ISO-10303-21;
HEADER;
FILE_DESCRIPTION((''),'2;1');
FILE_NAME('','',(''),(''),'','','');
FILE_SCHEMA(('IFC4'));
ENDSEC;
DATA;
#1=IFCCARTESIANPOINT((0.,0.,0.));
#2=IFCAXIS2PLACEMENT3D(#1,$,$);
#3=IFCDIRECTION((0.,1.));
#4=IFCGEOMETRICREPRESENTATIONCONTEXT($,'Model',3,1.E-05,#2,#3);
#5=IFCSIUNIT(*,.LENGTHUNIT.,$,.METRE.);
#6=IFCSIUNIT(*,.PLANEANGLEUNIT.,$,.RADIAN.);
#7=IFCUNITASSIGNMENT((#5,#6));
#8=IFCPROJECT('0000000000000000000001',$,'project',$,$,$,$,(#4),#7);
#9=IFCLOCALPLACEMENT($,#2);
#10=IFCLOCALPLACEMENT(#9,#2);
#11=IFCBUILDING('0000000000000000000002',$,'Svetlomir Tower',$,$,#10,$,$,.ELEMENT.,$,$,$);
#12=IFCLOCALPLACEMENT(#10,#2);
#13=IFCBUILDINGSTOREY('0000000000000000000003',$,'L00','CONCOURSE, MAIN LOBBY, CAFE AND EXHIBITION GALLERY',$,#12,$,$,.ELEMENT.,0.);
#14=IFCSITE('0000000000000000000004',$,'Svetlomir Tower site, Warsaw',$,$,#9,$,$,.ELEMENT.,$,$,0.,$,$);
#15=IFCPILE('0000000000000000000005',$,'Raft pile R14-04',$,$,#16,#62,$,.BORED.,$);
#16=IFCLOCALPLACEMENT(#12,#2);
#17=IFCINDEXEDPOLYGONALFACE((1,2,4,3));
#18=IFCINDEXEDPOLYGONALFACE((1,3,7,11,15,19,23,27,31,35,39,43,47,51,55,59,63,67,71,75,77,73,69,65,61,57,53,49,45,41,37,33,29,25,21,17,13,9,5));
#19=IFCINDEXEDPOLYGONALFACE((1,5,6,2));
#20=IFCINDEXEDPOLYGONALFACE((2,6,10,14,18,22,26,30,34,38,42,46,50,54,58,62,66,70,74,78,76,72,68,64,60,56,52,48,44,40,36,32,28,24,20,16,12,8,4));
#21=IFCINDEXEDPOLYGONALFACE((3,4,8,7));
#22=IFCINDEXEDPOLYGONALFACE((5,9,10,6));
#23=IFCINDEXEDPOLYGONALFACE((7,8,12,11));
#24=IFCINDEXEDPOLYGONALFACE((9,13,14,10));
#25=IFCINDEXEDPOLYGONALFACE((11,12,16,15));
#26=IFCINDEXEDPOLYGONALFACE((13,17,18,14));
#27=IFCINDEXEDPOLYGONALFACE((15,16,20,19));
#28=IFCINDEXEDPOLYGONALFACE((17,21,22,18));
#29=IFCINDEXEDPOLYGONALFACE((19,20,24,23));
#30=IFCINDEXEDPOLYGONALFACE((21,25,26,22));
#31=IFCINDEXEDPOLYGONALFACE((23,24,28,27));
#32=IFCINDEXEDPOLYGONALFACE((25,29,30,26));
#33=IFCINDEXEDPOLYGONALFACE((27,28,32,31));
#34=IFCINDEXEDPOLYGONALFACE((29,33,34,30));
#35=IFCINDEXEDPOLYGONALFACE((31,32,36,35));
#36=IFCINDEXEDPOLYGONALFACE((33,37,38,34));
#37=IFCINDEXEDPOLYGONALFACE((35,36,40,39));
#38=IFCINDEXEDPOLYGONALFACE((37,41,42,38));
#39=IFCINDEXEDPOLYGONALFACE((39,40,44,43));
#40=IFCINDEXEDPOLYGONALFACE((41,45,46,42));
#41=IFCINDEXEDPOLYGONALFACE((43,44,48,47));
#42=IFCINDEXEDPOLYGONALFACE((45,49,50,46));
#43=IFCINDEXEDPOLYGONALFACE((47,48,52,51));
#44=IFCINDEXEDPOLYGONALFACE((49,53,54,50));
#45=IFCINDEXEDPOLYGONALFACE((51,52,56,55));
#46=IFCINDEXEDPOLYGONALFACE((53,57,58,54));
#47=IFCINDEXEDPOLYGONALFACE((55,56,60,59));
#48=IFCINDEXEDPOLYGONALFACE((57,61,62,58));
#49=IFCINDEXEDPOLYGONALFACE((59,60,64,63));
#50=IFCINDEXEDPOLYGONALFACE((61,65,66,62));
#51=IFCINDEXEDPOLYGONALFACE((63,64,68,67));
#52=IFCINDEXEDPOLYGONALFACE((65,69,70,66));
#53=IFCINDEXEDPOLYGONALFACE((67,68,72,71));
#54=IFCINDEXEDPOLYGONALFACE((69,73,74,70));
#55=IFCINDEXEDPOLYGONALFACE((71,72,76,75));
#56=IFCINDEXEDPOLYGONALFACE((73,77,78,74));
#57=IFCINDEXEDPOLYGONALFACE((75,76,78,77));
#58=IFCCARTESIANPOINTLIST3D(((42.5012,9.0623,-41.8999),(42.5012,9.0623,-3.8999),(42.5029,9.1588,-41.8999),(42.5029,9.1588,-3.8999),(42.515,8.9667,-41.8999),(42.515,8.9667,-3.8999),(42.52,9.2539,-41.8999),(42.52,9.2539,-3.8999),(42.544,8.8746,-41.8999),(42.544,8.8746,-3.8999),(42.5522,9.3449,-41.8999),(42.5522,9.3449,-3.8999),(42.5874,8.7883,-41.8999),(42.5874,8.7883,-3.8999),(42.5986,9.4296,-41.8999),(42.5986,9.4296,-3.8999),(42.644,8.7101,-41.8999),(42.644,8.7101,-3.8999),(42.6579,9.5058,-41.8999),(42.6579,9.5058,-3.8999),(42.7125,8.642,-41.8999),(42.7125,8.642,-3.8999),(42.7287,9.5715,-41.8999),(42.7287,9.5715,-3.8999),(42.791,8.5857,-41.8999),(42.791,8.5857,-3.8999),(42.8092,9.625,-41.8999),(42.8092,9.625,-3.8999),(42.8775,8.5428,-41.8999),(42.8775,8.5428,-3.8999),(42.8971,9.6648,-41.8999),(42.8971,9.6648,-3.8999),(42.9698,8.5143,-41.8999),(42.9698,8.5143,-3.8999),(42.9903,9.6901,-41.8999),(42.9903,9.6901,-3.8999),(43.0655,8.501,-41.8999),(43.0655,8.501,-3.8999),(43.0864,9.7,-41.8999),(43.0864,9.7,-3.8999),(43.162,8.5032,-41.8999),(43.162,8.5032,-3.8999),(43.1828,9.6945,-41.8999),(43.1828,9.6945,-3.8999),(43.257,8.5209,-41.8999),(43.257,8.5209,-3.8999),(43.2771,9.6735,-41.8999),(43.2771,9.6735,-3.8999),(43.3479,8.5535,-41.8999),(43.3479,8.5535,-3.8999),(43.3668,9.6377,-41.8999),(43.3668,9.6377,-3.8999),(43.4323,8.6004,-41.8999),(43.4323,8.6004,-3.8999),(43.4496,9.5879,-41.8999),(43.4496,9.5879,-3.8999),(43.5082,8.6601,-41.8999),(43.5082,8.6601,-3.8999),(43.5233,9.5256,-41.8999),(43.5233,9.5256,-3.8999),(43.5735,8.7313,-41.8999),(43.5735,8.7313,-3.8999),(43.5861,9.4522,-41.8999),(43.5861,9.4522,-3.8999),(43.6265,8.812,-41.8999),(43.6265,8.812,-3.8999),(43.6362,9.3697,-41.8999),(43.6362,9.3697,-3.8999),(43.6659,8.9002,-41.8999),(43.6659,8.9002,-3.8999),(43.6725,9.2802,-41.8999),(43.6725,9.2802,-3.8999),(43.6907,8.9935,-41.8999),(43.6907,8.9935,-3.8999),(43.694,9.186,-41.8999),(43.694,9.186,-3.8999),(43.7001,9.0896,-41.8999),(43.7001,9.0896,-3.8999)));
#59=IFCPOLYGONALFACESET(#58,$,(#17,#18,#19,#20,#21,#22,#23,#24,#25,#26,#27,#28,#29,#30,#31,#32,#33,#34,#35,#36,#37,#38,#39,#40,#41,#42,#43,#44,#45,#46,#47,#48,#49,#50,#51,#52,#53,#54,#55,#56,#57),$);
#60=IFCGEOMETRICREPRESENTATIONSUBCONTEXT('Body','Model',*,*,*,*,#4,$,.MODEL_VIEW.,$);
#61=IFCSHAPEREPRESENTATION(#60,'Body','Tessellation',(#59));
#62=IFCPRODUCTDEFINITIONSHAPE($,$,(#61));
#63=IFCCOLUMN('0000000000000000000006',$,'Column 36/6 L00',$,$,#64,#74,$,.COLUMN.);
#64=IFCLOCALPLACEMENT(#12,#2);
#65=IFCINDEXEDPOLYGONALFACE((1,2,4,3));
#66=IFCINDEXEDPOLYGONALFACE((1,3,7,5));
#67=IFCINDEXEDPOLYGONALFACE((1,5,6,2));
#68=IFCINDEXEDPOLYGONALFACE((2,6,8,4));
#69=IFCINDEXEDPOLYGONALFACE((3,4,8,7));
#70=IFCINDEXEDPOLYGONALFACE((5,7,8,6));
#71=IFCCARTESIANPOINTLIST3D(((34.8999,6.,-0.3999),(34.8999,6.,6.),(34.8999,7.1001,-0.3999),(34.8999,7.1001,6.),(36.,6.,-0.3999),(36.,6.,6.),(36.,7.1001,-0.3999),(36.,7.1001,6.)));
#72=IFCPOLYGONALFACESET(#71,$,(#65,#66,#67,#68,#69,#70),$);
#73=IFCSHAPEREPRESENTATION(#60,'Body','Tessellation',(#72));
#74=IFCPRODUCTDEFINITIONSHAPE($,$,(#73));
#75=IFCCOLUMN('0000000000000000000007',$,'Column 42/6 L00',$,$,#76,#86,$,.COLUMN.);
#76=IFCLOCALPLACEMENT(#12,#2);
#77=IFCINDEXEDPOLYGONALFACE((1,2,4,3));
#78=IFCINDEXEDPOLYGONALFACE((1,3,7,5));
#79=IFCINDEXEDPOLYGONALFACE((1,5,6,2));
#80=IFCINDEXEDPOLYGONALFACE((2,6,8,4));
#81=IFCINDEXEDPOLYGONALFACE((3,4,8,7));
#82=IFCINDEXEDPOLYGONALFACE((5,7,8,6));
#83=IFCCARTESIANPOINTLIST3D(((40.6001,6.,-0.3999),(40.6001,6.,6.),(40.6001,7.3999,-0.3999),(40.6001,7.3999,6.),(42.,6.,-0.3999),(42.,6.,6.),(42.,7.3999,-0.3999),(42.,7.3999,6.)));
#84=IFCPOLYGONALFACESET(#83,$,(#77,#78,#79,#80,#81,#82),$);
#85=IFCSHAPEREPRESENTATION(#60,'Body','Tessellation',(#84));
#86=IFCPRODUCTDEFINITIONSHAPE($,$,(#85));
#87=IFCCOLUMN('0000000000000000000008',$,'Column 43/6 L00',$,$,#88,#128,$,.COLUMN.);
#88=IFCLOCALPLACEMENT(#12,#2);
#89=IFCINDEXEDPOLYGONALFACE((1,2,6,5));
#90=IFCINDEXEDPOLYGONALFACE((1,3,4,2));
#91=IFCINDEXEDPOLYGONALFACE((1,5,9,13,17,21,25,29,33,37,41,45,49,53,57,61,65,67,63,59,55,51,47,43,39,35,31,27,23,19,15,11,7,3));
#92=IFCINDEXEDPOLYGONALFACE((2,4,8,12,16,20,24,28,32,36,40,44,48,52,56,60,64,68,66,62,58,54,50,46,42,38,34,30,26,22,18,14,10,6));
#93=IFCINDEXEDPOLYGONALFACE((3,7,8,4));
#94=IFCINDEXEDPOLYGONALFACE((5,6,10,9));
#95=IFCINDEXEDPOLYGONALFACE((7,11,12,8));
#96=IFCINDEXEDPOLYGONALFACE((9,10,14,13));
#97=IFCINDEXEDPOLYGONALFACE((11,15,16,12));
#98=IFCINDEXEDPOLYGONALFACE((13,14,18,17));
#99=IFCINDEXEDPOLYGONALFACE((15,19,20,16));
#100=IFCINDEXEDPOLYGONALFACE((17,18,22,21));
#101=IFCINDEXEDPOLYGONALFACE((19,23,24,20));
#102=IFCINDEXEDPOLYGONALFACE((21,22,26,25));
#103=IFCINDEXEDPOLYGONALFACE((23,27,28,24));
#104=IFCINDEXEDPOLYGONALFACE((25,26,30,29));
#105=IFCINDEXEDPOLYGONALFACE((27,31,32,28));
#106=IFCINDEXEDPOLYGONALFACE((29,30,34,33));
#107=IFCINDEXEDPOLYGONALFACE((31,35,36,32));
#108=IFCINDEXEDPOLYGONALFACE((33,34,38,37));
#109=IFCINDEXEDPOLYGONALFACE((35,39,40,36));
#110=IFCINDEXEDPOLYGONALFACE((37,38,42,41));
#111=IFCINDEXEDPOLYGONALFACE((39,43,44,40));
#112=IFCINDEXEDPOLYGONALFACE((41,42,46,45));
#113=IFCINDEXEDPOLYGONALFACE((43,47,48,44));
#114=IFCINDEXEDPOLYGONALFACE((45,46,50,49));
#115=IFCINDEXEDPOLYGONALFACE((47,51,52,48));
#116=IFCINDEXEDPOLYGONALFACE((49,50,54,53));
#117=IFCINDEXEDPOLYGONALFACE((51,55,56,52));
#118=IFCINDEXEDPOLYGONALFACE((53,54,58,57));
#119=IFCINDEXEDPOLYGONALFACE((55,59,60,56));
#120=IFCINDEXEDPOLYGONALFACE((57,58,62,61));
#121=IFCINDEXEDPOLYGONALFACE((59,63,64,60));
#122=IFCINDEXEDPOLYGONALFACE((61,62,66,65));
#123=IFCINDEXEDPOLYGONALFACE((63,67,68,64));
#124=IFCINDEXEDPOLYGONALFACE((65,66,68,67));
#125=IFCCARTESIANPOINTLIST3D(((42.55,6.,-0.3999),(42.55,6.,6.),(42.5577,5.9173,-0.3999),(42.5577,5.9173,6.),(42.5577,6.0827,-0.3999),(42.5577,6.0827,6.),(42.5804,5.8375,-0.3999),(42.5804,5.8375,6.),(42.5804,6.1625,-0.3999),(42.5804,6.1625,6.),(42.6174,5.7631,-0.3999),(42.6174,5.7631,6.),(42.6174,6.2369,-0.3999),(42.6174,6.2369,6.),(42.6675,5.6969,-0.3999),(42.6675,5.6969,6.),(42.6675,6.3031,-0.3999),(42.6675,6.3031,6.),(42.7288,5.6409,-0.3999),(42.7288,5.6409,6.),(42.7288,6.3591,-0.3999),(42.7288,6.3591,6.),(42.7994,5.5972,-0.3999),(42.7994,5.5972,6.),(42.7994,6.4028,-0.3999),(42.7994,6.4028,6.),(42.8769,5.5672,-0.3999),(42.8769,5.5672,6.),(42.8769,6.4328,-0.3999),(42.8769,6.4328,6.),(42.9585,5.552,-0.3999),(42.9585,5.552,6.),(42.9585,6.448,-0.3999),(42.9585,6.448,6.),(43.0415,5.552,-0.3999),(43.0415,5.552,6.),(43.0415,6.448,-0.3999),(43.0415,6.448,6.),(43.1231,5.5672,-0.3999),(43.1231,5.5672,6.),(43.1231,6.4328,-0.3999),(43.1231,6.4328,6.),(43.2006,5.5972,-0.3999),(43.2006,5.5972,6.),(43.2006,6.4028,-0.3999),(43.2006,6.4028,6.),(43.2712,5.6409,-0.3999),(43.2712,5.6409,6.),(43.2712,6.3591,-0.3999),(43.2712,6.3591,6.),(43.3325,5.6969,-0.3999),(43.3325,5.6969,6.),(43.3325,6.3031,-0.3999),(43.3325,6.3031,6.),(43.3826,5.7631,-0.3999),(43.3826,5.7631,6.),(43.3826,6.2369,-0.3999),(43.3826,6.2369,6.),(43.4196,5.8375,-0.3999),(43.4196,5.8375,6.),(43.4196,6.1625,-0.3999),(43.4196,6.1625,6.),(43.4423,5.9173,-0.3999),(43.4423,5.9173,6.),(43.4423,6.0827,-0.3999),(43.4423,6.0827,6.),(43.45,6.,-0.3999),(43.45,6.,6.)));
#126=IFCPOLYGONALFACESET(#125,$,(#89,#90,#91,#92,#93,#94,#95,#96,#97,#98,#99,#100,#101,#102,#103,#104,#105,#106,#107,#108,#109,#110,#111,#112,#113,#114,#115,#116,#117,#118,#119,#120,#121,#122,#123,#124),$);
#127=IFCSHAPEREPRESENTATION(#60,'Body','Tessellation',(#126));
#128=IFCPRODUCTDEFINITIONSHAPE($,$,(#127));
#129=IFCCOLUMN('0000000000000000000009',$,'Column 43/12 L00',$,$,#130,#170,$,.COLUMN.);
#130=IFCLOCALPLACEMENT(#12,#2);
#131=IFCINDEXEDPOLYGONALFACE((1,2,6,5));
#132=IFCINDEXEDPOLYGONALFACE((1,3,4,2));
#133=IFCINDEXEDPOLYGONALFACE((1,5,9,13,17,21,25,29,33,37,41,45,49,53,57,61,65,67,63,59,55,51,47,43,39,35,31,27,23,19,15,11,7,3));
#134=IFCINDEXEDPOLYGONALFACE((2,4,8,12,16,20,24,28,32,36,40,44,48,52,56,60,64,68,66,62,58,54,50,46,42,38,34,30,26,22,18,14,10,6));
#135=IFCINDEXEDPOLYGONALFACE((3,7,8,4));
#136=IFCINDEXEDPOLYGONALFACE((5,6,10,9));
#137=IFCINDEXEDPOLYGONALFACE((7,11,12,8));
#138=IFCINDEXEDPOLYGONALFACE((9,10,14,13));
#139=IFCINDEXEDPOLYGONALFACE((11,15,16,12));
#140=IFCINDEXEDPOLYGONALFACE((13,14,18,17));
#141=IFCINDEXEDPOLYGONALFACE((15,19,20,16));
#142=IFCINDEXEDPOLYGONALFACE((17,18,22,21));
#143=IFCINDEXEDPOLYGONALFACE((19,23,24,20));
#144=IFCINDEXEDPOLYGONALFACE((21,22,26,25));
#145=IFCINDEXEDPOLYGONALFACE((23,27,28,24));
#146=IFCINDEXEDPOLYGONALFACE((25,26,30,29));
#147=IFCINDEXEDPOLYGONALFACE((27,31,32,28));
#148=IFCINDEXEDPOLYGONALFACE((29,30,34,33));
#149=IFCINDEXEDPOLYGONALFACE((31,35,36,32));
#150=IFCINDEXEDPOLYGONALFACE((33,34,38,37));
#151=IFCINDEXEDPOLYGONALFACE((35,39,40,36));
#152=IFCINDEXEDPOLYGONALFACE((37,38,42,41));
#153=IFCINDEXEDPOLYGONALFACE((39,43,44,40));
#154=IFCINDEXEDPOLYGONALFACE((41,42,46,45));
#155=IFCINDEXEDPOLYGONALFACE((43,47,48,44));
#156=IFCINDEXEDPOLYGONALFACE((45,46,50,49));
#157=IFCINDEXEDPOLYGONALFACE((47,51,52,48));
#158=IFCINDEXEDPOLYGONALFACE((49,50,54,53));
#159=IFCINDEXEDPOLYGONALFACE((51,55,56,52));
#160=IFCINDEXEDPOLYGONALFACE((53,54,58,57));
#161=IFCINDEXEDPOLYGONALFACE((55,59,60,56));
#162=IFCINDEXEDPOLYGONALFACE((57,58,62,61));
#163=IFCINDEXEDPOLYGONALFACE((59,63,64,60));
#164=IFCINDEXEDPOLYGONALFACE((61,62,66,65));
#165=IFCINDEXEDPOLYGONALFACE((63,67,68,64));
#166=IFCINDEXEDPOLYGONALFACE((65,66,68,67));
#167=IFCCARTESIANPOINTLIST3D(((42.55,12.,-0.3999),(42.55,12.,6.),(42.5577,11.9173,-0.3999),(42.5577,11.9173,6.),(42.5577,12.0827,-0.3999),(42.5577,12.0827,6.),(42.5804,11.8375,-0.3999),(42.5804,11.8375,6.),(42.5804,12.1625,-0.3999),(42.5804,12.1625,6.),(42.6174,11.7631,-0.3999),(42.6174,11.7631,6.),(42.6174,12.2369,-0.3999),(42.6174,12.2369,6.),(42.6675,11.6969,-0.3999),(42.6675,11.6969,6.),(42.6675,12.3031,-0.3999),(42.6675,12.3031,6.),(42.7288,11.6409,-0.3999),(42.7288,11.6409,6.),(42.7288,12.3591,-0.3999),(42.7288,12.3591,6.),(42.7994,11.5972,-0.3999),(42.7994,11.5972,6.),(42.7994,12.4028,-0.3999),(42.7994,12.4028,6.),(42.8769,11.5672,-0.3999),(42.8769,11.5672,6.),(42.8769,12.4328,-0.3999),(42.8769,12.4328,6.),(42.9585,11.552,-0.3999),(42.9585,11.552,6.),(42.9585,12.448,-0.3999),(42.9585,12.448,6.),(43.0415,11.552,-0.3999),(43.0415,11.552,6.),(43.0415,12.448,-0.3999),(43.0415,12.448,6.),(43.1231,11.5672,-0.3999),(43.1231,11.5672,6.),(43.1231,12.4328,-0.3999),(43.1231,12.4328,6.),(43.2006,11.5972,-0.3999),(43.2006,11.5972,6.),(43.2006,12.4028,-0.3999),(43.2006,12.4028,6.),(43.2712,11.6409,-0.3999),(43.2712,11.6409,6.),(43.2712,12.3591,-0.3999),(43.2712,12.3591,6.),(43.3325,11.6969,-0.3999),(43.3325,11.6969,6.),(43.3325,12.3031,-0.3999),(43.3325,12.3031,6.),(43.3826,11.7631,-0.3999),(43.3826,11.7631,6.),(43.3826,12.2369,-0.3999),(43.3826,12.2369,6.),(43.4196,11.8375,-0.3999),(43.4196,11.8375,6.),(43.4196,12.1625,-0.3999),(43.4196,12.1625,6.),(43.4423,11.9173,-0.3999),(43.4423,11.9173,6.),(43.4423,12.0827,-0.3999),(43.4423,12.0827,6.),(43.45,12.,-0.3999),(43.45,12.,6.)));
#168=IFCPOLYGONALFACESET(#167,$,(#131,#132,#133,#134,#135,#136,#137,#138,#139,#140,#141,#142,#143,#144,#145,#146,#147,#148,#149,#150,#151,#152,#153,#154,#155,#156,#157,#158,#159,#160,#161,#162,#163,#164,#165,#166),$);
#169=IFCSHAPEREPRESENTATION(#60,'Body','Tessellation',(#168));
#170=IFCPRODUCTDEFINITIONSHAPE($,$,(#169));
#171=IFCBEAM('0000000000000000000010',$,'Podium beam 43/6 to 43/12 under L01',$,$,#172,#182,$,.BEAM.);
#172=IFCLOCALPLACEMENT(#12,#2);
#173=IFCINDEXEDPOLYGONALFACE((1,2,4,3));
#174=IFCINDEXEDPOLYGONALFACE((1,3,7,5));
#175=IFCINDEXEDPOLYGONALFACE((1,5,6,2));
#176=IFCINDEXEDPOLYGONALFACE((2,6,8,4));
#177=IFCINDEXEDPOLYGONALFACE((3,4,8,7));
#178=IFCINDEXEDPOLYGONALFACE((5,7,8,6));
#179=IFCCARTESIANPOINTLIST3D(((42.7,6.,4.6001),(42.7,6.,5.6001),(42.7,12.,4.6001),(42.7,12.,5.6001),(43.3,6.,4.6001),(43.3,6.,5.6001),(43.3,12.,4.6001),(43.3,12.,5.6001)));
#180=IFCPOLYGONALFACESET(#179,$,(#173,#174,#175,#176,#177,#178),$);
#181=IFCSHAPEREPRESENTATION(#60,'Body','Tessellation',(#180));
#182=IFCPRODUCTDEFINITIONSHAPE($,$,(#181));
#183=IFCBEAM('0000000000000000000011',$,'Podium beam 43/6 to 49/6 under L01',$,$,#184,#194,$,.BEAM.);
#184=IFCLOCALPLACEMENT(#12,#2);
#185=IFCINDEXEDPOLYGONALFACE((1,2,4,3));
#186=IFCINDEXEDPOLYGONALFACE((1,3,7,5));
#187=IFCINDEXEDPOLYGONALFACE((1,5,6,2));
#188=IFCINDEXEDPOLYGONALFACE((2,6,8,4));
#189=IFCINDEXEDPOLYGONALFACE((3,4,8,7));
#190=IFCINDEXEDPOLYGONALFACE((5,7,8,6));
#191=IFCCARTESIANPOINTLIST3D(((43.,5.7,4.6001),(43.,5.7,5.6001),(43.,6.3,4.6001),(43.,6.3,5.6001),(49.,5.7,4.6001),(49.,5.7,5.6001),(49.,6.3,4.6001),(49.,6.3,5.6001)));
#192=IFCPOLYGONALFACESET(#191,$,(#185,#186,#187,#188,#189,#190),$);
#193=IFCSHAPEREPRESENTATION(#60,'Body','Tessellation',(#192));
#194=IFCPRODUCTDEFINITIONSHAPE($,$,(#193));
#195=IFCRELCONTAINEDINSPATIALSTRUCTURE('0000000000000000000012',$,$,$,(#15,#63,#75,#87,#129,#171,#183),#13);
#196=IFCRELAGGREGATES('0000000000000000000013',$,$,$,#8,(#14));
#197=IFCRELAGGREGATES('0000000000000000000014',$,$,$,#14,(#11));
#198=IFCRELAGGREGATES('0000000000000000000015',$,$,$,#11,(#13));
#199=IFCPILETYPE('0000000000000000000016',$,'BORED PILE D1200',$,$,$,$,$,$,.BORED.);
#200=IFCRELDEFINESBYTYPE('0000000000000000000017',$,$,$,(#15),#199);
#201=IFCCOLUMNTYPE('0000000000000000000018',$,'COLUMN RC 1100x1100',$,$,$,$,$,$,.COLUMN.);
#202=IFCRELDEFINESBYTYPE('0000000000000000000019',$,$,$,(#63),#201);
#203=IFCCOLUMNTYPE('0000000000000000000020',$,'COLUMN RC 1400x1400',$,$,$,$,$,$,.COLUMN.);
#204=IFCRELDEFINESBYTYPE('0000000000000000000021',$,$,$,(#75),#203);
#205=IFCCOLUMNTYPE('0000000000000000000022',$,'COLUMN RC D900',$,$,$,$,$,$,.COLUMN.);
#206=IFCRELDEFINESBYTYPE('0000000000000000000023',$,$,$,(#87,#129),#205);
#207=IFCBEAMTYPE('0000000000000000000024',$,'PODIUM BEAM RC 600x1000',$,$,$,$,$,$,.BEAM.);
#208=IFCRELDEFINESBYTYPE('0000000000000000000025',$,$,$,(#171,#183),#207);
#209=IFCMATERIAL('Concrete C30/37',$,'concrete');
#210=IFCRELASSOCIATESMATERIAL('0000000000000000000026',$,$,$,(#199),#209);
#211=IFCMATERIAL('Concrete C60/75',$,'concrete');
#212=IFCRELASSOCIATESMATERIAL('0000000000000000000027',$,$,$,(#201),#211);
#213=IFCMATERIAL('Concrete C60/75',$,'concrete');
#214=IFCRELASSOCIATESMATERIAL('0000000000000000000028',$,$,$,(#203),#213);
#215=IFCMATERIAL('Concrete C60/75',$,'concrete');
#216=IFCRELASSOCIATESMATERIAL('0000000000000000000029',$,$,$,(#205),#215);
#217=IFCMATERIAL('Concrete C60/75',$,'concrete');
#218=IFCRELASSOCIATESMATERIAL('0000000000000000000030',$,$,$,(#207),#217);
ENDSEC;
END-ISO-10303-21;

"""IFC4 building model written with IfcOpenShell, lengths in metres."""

from ifc_helpers import new_model, si_unit, direction, frame, frame_2d, origin, origin_2d, place, context, subcontext, project, spatial, rectangle, circle, extrude, material, material_profile, profile_set, type_object, element, save


model = new_model("IFC4")

# Units and contexts
model_context = context("Model", 3, precision=1e-05, world=origin(), true_north=direction((0.0, 1.0)))
body_context = subcontext(model_context, "Body", "Model", "MODEL_VIEW")
ifc_project = project(units=[si_unit("LENGTHUNIT", "METRE"), si_unit("PLANEANGLEUNIT", "RADIAN")], contexts=[model_context])

# Site, building, storey
site_placement = place(None, origin())
site = spatial("IfcSite", under=ifc_project, at=site_placement, Name="Svetlomir Tower site, Warsaw", CompositionType="ELEMENT", RefElevation=0.0)
building_placement = place(site_placement, origin())
building = spatial("IfcBuilding", under=site, at=building_placement, Name="Svetlomir Tower", CompositionType="ELEMENT")
storey_placement = place(building_placement, origin())
storey = spatial("IfcBuildingStorey", under=building, at=storey_placement, Name="L00", Description="CONCOURSE, MAIN LOBBY, CAFE AND EXHIBITION GALLERY", CompositionType="ELEMENT", Elevation=0.0)

# Pile
ifc_material_1 = material(Name="Concrete C30/37", Category="concrete")
ifc_material_profile_1 = material_profile(ifc_material_1, circle(Radius=0.6001, at=origin_2d()), Name="D1200")
ifc_profile_set_1 = profile_set([ifc_material_profile_1], Name="Concrete C30/37")
pile_type = type_object("IfcPileType", Name="BORED PILE D1200", PredefinedType="BORED", material=ifc_profile_set_1)
for number, where, z_axis, x_axis, name in (
    (1, (43.1001, 9.1001, -3.8999), (0.0, 0.0, -1.0), (1.0, 0.0, 0.0), "Raft pile R14-04"),
):
    element("IfcPile", number, at=place(storey_placement, frame(where, z_axis=z_axis, x_axis=x_axis)), inside=storey, type_object=pile_type, Name=name, PredefinedType="BORED", context=body_context, shape_type="SweptSolid", body=[
        extrude(circle(Radius=0.6001, at=frame_2d((0.0, 0.0), x_axis=(0.999848, 0.017452))), origin(), (0.0, 0.0, 1.0), 38.0),
    ])

# Columns
ifc_material_2 = material(Name="Concrete C60/75", Category="concrete")
ifc_material_profile_2 = material_profile(ifc_material_2, rectangle(XDim=1.1001, YDim=1.1001, at=origin_2d()), Name="RC 1100x1100")
ifc_profile_set_2 = profile_set([ifc_material_profile_2], Name="Concrete C60/75")
column_type_1 = type_object("IfcColumnType", Name="COLUMN RC 1100x1100", PredefinedType="COLUMN", material=ifc_profile_set_2)
column_1_placement = place(storey_placement, frame((35.45, 6.55, -0.3999), z_axis=(0.0, 0.0, 1.0), x_axis=(1.0, 0.0, 0.0)))
element("IfcColumn", 2, at=column_1_placement, inside=storey, type_object=column_type_1, Name="Column 36/6 L00", PredefinedType="COLUMN", context=body_context, shape_type="SweptSolid", body=[
    extrude(rectangle(XDim=1.1001, YDim=1.1001, at=origin_2d()), origin(), (0.0, 0.0, 1.0), 6.3999),
])
ifc_material_3 = material(Name="Concrete C60/75", Category="concrete")
ifc_material_profile_3 = material_profile(ifc_material_3, rectangle(XDim=1.3999, YDim=1.3999, at=origin_2d()), Name="RC 1400x1400")
ifc_profile_set_3 = profile_set([ifc_material_profile_3], Name="Concrete C60/75")
column_type_2 = type_object("IfcColumnType", Name="COLUMN RC 1400x1400", PredefinedType="COLUMN", material=ifc_profile_set_3)
column_2_placement = place(storey_placement, frame((41.3, 6.7, -0.3999), z_axis=(0.0, 0.0, 1.0), x_axis=(1.0, 0.0, 0.0)))
element("IfcColumn", 3, at=column_2_placement, inside=storey, type_object=column_type_2, Name="Column 42/6 L00", PredefinedType="COLUMN", context=body_context, shape_type="SweptSolid", body=[
    extrude(rectangle(XDim=1.3999, YDim=1.3999, at=origin_2d()), origin(), (0.0, 0.0, 1.0), 6.3999),
])
ifc_material_4 = material(Name="Concrete C60/75", Category="concrete")
ifc_material_profile_4 = material_profile(ifc_material_4, circle(Radius=0.45, at=origin_2d()), Name="RC D900")
ifc_profile_set_4 = profile_set([ifc_material_profile_4], Name="Concrete C60/75")
column_type_3 = type_object("IfcColumnType", Name="COLUMN RC D900", PredefinedType="COLUMN", material=ifc_profile_set_4)
for number, where, z_axis, x_axis, name in (
    (4, (43.0, 6.0, -0.3999), (0.0, 0.0, 1.0), (1.0, 0.0, 0.0), "Column 43/6 L00"),
    (5, (43.0, 12.0, -0.3999), (0.0, 0.0, 1.0), (1.0, 0.0, 0.0), "Column 43/12 L00"),
):
    element("IfcColumn", number, at=place(storey_placement, frame(where, z_axis=z_axis, x_axis=x_axis)), inside=storey, type_object=column_type_3, Name=name, PredefinedType="COLUMN", context=body_context, shape_type="SweptSolid", body=[
        extrude(circle(Radius=0.45, at=origin_2d()), origin(), (0.0, 0.0, 1.0), 6.3999),
    ])

# Beams
ifc_material_5 = material(Name="Concrete C60/75", Category="concrete")
ifc_material_profile_5 = material_profile(ifc_material_5, rectangle(XDim=0.6001, YDim=1.0, at=origin_2d()), Name="RC 600x1000")
ifc_profile_set_5 = profile_set([ifc_material_profile_5], Name="Concrete C60/75")
beam_type_1 = type_object("IfcBeamType", Name="PODIUM BEAM RC 600x1000", PredefinedType="BEAM", material=ifc_profile_set_5)
for number, where, z_axis, x_axis, name in (
    (6, (43.0, 6.0, 5.1001), (0.0, 1.0, 0.0), (-1.0, 0.0, 0.0), "Podium beam 43/6 to 43/12 under L01"),
    (7, (43.0, 6.0, 5.1001), (1.0, 0.0, 0.0), (0.0, 1.0, 0.0), "Podium beam 43/6 to 49/6 under L01"),
):
    element("IfcBeam", number, at=place(storey_placement, frame(where, z_axis=z_axis, x_axis=x_axis)), inside=storey, type_object=beam_type_1, Name=name, PredefinedType="BEAM", context=body_context, shape_type="SweptSolid", body=[
        extrude(rectangle(XDim=0.6001, YDim=1.0, at=origin_2d()), origin(), (0.0, 0.0, 1.0), 6.0),
    ])

save(model, "model.ifc")
